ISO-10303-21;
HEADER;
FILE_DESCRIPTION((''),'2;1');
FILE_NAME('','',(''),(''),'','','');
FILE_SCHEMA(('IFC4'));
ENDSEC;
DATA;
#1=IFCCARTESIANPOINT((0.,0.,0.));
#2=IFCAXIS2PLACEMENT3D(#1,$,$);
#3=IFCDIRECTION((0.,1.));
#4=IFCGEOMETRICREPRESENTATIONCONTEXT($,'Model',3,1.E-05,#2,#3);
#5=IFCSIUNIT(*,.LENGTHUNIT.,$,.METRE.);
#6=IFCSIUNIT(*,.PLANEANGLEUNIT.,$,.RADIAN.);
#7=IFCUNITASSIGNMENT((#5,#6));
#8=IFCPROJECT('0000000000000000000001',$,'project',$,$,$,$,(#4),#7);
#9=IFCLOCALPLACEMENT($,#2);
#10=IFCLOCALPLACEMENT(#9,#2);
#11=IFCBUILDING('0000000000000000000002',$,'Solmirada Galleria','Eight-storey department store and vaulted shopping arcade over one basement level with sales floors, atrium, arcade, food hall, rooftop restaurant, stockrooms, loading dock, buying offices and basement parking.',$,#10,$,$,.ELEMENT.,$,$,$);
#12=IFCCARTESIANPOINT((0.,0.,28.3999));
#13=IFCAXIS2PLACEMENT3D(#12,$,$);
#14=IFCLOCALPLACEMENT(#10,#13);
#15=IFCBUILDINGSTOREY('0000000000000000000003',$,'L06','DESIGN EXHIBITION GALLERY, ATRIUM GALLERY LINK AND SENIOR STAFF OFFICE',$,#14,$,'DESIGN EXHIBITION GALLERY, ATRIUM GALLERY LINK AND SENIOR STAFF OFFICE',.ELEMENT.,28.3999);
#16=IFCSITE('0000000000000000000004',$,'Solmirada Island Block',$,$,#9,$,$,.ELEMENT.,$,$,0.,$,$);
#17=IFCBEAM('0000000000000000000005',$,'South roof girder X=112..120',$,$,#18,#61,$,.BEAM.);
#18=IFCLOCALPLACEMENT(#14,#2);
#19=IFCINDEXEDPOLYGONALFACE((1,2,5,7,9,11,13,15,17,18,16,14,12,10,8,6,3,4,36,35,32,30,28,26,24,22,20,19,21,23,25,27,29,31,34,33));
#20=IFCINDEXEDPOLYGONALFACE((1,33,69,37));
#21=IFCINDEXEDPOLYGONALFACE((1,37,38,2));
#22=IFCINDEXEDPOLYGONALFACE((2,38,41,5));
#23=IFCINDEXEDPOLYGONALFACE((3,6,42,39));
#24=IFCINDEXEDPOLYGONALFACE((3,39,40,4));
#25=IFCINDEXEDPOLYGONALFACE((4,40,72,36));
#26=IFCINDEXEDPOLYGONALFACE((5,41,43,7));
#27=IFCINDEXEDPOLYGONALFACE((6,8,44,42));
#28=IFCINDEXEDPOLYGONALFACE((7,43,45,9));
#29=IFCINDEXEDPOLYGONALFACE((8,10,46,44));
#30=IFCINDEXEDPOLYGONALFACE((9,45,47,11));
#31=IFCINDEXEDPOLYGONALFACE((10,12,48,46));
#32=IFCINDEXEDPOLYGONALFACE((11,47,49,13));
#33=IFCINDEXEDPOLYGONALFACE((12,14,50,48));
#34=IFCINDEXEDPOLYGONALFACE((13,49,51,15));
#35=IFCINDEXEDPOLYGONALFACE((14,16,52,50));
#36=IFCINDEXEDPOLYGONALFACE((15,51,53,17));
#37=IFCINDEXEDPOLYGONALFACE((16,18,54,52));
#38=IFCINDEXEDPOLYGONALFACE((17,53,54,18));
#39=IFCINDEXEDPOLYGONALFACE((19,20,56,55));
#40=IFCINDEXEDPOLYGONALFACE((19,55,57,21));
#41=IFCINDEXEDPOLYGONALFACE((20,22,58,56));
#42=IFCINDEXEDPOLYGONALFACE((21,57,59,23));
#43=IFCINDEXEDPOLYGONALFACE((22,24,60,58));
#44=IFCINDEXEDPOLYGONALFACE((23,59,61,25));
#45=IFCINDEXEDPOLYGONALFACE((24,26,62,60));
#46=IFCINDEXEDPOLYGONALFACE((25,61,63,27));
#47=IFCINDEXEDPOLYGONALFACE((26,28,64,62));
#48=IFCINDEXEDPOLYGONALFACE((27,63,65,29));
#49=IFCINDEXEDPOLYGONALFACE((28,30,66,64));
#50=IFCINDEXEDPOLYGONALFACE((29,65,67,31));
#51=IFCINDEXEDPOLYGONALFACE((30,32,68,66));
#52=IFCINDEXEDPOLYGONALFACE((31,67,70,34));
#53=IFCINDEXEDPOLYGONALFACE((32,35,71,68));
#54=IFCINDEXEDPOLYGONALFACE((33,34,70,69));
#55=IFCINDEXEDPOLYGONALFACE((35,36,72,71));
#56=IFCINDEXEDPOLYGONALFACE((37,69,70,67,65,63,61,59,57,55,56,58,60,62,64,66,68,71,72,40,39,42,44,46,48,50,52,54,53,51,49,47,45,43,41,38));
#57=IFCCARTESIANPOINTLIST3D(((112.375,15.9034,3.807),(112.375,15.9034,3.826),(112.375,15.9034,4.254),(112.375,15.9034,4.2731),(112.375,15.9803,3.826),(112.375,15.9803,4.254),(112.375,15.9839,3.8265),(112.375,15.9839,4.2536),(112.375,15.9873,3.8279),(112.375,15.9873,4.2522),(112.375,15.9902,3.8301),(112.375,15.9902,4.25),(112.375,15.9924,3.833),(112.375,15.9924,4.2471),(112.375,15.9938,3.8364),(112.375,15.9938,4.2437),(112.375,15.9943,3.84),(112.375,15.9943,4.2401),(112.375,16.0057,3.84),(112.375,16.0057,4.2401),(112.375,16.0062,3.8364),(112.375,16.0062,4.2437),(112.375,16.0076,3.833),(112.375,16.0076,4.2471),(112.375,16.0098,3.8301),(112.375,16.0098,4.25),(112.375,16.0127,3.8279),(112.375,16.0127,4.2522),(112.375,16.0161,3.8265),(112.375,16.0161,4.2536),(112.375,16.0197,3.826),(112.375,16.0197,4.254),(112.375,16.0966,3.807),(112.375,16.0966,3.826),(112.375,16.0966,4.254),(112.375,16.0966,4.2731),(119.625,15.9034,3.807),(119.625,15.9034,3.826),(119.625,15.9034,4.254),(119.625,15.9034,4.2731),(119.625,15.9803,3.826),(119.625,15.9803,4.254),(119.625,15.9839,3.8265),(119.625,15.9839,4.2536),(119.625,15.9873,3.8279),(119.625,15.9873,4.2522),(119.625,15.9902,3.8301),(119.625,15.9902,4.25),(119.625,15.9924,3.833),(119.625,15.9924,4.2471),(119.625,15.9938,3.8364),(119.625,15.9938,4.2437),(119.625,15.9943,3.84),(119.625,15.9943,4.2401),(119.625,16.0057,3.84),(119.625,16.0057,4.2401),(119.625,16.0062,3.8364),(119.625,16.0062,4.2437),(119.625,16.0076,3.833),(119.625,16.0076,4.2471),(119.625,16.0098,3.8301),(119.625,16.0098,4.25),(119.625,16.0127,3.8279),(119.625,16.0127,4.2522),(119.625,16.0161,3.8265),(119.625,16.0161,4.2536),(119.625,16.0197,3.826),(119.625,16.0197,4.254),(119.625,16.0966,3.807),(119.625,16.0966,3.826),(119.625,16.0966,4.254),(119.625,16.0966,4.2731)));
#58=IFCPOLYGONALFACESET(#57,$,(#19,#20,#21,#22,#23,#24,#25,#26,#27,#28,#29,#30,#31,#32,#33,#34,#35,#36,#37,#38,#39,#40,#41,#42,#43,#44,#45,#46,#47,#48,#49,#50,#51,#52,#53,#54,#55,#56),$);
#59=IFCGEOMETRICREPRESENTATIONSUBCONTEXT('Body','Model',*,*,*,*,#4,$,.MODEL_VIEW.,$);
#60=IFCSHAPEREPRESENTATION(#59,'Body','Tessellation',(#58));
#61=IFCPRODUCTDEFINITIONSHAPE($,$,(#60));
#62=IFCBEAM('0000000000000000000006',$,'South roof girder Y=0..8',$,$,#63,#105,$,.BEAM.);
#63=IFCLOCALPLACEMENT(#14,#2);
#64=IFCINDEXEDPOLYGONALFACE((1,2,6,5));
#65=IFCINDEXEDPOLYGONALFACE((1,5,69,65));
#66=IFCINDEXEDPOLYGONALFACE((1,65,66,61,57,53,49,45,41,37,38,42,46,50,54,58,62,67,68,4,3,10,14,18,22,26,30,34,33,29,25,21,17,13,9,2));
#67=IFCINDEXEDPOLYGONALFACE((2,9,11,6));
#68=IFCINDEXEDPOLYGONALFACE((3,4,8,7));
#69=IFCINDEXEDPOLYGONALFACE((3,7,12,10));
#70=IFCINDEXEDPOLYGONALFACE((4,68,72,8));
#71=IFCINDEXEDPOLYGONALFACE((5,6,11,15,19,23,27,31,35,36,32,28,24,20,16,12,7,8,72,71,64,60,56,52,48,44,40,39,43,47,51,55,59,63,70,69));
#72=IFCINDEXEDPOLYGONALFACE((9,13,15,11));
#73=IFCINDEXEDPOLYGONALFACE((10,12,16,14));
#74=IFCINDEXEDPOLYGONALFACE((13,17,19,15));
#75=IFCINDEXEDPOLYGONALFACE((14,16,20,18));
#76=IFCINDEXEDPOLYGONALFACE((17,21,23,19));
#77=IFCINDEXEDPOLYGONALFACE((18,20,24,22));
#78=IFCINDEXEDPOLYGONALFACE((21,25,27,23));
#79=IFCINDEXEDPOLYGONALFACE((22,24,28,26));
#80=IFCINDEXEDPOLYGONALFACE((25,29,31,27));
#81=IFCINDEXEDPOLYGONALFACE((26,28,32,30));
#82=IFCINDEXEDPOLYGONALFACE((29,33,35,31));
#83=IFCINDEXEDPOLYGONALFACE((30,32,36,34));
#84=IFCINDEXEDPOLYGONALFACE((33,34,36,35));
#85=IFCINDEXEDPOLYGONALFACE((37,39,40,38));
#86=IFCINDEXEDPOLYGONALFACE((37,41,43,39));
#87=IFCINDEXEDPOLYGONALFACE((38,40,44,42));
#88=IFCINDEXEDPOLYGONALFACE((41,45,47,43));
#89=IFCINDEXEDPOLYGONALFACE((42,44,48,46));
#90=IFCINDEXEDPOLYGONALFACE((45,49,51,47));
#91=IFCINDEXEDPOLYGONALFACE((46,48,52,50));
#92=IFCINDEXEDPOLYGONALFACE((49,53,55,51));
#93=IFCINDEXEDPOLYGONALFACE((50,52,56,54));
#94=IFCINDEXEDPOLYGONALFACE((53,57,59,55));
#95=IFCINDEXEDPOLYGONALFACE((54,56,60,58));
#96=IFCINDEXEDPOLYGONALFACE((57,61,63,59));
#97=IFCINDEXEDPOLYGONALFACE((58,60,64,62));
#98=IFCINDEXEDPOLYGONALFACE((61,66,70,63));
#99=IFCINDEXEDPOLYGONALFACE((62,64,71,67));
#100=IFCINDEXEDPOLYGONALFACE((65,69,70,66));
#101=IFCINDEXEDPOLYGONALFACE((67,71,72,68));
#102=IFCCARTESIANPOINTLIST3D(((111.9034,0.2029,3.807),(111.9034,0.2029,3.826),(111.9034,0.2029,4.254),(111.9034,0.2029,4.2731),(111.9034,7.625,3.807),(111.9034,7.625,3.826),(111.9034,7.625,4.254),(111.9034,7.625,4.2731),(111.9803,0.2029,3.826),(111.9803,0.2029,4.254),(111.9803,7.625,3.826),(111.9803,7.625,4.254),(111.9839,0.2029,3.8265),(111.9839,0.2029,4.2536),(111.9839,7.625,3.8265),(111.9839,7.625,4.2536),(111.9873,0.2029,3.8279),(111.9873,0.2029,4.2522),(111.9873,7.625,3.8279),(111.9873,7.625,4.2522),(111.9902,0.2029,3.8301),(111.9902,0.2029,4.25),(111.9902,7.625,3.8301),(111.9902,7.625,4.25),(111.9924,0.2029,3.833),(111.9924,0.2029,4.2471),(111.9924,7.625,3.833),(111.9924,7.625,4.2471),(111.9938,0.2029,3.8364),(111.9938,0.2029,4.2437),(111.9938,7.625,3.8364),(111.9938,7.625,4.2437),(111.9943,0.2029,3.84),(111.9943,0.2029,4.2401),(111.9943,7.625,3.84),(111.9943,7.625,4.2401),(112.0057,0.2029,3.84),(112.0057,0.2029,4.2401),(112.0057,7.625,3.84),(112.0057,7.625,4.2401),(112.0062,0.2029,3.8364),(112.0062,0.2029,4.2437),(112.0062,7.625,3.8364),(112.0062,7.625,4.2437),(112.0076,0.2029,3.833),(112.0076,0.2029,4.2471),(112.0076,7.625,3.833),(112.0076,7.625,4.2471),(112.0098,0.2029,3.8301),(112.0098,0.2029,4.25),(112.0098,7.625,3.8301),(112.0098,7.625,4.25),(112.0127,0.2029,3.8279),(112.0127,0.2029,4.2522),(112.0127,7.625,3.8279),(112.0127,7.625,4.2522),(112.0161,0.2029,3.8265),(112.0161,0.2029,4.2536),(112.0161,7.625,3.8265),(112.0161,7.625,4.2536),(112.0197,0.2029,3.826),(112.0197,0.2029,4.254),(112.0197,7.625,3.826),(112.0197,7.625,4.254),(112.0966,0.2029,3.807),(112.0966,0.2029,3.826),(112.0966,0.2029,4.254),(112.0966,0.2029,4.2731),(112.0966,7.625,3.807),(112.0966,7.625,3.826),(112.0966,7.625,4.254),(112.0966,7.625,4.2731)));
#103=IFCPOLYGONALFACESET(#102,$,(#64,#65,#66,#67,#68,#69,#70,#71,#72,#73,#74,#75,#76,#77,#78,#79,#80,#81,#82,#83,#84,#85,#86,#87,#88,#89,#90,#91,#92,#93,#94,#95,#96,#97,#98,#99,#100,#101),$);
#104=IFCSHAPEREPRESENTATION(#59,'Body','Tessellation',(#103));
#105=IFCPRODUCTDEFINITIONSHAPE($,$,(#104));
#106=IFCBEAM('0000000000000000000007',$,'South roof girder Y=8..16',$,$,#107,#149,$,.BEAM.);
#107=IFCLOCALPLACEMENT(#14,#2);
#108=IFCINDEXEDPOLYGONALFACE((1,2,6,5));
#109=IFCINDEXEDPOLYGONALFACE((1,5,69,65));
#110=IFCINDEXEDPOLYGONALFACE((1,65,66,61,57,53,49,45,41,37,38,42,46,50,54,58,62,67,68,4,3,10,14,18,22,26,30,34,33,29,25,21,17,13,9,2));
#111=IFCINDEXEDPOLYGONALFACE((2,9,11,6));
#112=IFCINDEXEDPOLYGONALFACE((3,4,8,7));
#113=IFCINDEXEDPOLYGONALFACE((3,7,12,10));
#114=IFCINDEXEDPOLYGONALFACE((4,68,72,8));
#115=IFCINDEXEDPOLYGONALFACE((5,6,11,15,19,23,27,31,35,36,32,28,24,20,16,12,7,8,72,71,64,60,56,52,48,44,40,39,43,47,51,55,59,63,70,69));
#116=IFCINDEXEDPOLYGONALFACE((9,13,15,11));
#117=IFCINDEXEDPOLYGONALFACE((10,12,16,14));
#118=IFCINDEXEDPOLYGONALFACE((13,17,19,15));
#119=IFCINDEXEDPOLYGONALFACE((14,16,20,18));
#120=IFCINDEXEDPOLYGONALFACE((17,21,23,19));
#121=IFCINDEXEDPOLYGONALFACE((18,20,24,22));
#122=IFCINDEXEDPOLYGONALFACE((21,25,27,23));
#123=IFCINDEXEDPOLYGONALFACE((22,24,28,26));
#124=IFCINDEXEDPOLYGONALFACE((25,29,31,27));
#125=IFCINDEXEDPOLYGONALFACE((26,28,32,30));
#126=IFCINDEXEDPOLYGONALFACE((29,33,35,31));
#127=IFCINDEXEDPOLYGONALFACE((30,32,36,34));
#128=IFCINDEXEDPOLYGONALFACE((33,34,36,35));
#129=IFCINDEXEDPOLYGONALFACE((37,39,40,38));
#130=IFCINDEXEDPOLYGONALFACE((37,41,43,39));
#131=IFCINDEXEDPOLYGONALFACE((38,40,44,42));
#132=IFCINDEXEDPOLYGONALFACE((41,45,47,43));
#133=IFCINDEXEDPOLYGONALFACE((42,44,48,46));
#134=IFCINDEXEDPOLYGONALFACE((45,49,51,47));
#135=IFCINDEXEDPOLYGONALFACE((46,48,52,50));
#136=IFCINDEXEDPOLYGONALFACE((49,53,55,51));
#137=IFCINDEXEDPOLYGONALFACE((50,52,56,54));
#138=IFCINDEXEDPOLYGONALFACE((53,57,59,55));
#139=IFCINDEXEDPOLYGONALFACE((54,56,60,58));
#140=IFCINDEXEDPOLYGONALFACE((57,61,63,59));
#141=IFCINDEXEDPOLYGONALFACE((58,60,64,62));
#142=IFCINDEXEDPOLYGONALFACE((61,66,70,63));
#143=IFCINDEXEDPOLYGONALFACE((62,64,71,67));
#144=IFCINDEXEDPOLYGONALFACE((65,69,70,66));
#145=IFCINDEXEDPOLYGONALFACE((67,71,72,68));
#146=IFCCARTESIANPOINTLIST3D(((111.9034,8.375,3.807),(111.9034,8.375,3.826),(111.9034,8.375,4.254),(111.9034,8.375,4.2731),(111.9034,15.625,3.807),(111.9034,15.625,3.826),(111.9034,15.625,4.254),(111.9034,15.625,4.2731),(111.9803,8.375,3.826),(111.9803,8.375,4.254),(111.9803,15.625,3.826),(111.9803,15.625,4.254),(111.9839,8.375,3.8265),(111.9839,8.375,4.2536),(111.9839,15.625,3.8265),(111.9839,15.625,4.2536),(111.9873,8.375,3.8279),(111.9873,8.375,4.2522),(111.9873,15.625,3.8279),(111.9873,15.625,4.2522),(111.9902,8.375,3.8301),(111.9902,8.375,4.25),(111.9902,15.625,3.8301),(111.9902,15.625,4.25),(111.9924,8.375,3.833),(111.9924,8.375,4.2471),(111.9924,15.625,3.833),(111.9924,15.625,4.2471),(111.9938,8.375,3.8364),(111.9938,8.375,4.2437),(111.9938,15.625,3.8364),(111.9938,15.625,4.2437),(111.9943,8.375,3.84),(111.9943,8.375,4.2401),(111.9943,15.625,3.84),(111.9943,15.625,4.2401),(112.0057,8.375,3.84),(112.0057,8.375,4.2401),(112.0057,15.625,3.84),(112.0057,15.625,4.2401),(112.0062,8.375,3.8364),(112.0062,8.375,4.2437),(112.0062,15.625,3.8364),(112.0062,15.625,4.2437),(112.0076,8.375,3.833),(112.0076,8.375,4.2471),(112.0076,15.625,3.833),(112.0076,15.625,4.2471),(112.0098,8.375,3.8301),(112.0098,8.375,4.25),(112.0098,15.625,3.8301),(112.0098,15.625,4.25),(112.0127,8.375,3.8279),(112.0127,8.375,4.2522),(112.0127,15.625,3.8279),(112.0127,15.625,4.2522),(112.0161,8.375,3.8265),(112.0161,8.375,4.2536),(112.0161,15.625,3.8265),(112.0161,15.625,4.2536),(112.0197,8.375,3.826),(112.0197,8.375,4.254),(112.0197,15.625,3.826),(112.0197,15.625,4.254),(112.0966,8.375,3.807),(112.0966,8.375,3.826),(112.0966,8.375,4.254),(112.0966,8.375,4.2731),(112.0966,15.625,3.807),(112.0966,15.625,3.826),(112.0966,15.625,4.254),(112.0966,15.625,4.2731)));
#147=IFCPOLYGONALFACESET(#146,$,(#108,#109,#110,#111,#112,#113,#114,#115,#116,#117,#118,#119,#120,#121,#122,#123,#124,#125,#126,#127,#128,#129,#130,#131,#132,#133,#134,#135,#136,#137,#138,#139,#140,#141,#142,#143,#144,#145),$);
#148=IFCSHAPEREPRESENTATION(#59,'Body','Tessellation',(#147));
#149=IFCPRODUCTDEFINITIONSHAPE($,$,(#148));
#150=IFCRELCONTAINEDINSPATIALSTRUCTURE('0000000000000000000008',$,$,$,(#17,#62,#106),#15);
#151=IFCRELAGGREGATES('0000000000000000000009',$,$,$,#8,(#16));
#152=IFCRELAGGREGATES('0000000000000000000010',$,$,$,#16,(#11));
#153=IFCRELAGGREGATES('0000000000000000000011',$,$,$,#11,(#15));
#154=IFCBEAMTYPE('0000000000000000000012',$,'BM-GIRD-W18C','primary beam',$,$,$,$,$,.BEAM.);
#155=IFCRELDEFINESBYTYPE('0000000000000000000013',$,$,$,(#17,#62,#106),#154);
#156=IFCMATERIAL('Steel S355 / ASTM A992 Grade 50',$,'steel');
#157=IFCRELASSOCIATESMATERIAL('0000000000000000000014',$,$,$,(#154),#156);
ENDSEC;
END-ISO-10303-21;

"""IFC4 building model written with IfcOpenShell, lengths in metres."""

from ifc_helpers import new_model, si_unit, direction, frame, origin, origin_2d, place, context, subcontext, project, spatial, i_section, extrude, material, material_profile, profile_set, type_object, element, save


model = new_model("IFC4")

# Units and contexts
model_context = context("Model", 3, precision=1e-05, world=origin(), true_north=direction((0.0, 1.0)))
body_context = subcontext(model_context, "Body", "Model", "MODEL_VIEW")
ifc_project = project(units=[si_unit("LENGTHUNIT", "METRE"), si_unit("PLANEANGLEUNIT", "RADIAN")], contexts=[model_context])

# Site, building, storey
site_placement = place(None, origin())
site = spatial("IfcSite", under=ifc_project, at=site_placement, Name="Solmirada Island Block", CompositionType="ELEMENT", RefElevation=0.0)
building_placement = place(site_placement, origin())
building = spatial("IfcBuilding", under=site, at=building_placement, Name="Solmirada Galleria", Description="Eight-storey department store and vaulted shopping arcade over one basement level with sales floors, atrium, arcade, food hall, rooftop restaurant, stockrooms, loading dock, buying offices and basement parking.", CompositionType="ELEMENT")
storey_placement = place(building_placement, frame((0.0, 0.0, 28.3999)))
storey = spatial("IfcBuildingStorey", under=building, at=storey_placement, Name="L06", Description="DESIGN EXHIBITION GALLERY, ATRIUM GALLERY LINK AND SENIOR STAFF OFFICE", LongName="DESIGN EXHIBITION GALLERY, ATRIUM GALLERY LINK AND SENIOR STAFF OFFICE", CompositionType="ELEMENT", Elevation=28.3999)

# Beams
ifc_material_1 = material(Name="Steel S355 / ASTM A992 Grade 50", Category="steel")
ifc_material_profile_1 = material_profile(ifc_material_1, i_section(OverallWidth=0.1931, OverallDepth=0.4661, WebThickness=0.0115, FlangeThickness=0.019, FilletRadius=0.0139, at=origin_2d()), Name="W18X65")
ifc_profile_set_1 = profile_set([ifc_material_profile_1], Name="Steel S355 / ASTM A992 Grade 50")
beam_type = type_object("IfcBeamType", Name="BM-GIRD-W18C", Description="primary beam", PredefinedType="BEAM", material=ifc_profile_set_1)
for number, where, z_axis, x_axis, name in (
    (1, (112.375, 16.0, 4.04), (1.0, 0.0, 0.0), (0.0, 1.0, 0.0), "South roof girder X=112..120"),
):
    element("IfcBeam", number, at=place(storey_placement, frame(where, z_axis=z_axis, x_axis=x_axis)), inside=storey, type_object=beam_type, Name=name, PredefinedType="BEAM", context=body_context, shape_type="SweptSolid", body=[
        extrude(i_section(OverallWidth=0.1931, OverallDepth=0.4661, WebThickness=0.0115, FlangeThickness=0.019, FilletRadius=0.0139, at=origin_2d()), origin(), (0.0, 0.0, 1.0), 7.25),
    ])
beam_1_placement = place(storey_placement, frame((112.0, 0.2029, 4.04), z_axis=(0.0, 1.0, 0.0), x_axis=(-1.0, 0.0, 0.0)))
element("IfcBeam", 2, at=beam_1_placement, inside=storey, type_object=beam_type, Name="South roof girder Y=0..8", PredefinedType="BEAM", context=body_context, shape_type="SweptSolid", body=[
    extrude(i_section(OverallWidth=0.1931, OverallDepth=0.4661, WebThickness=0.0115, FlangeThickness=0.019, FilletRadius=0.0139, at=origin_2d()), origin(), (0.0, 0.0, 1.0), 7.4221),
])
beam_2_placement = place(storey_placement, frame((112.0, 8.375, 4.04), z_axis=(0.0, 1.0, 0.0), x_axis=(-1.0, 0.0, 0.0)))
element("IfcBeam", 3, at=beam_2_placement, inside=storey, type_object=beam_type, Name="South roof girder Y=8..16", PredefinedType="BEAM", context=body_context, shape_type="SweptSolid", body=[
    extrude(i_section(OverallWidth=0.1931, OverallDepth=0.4661, WebThickness=0.0115, FlangeThickness=0.019, FilletRadius=0.0139, at=origin_2d()), origin(), (0.0, 0.0, 1.0), 7.25),
])

save(model, "model.ifc")
